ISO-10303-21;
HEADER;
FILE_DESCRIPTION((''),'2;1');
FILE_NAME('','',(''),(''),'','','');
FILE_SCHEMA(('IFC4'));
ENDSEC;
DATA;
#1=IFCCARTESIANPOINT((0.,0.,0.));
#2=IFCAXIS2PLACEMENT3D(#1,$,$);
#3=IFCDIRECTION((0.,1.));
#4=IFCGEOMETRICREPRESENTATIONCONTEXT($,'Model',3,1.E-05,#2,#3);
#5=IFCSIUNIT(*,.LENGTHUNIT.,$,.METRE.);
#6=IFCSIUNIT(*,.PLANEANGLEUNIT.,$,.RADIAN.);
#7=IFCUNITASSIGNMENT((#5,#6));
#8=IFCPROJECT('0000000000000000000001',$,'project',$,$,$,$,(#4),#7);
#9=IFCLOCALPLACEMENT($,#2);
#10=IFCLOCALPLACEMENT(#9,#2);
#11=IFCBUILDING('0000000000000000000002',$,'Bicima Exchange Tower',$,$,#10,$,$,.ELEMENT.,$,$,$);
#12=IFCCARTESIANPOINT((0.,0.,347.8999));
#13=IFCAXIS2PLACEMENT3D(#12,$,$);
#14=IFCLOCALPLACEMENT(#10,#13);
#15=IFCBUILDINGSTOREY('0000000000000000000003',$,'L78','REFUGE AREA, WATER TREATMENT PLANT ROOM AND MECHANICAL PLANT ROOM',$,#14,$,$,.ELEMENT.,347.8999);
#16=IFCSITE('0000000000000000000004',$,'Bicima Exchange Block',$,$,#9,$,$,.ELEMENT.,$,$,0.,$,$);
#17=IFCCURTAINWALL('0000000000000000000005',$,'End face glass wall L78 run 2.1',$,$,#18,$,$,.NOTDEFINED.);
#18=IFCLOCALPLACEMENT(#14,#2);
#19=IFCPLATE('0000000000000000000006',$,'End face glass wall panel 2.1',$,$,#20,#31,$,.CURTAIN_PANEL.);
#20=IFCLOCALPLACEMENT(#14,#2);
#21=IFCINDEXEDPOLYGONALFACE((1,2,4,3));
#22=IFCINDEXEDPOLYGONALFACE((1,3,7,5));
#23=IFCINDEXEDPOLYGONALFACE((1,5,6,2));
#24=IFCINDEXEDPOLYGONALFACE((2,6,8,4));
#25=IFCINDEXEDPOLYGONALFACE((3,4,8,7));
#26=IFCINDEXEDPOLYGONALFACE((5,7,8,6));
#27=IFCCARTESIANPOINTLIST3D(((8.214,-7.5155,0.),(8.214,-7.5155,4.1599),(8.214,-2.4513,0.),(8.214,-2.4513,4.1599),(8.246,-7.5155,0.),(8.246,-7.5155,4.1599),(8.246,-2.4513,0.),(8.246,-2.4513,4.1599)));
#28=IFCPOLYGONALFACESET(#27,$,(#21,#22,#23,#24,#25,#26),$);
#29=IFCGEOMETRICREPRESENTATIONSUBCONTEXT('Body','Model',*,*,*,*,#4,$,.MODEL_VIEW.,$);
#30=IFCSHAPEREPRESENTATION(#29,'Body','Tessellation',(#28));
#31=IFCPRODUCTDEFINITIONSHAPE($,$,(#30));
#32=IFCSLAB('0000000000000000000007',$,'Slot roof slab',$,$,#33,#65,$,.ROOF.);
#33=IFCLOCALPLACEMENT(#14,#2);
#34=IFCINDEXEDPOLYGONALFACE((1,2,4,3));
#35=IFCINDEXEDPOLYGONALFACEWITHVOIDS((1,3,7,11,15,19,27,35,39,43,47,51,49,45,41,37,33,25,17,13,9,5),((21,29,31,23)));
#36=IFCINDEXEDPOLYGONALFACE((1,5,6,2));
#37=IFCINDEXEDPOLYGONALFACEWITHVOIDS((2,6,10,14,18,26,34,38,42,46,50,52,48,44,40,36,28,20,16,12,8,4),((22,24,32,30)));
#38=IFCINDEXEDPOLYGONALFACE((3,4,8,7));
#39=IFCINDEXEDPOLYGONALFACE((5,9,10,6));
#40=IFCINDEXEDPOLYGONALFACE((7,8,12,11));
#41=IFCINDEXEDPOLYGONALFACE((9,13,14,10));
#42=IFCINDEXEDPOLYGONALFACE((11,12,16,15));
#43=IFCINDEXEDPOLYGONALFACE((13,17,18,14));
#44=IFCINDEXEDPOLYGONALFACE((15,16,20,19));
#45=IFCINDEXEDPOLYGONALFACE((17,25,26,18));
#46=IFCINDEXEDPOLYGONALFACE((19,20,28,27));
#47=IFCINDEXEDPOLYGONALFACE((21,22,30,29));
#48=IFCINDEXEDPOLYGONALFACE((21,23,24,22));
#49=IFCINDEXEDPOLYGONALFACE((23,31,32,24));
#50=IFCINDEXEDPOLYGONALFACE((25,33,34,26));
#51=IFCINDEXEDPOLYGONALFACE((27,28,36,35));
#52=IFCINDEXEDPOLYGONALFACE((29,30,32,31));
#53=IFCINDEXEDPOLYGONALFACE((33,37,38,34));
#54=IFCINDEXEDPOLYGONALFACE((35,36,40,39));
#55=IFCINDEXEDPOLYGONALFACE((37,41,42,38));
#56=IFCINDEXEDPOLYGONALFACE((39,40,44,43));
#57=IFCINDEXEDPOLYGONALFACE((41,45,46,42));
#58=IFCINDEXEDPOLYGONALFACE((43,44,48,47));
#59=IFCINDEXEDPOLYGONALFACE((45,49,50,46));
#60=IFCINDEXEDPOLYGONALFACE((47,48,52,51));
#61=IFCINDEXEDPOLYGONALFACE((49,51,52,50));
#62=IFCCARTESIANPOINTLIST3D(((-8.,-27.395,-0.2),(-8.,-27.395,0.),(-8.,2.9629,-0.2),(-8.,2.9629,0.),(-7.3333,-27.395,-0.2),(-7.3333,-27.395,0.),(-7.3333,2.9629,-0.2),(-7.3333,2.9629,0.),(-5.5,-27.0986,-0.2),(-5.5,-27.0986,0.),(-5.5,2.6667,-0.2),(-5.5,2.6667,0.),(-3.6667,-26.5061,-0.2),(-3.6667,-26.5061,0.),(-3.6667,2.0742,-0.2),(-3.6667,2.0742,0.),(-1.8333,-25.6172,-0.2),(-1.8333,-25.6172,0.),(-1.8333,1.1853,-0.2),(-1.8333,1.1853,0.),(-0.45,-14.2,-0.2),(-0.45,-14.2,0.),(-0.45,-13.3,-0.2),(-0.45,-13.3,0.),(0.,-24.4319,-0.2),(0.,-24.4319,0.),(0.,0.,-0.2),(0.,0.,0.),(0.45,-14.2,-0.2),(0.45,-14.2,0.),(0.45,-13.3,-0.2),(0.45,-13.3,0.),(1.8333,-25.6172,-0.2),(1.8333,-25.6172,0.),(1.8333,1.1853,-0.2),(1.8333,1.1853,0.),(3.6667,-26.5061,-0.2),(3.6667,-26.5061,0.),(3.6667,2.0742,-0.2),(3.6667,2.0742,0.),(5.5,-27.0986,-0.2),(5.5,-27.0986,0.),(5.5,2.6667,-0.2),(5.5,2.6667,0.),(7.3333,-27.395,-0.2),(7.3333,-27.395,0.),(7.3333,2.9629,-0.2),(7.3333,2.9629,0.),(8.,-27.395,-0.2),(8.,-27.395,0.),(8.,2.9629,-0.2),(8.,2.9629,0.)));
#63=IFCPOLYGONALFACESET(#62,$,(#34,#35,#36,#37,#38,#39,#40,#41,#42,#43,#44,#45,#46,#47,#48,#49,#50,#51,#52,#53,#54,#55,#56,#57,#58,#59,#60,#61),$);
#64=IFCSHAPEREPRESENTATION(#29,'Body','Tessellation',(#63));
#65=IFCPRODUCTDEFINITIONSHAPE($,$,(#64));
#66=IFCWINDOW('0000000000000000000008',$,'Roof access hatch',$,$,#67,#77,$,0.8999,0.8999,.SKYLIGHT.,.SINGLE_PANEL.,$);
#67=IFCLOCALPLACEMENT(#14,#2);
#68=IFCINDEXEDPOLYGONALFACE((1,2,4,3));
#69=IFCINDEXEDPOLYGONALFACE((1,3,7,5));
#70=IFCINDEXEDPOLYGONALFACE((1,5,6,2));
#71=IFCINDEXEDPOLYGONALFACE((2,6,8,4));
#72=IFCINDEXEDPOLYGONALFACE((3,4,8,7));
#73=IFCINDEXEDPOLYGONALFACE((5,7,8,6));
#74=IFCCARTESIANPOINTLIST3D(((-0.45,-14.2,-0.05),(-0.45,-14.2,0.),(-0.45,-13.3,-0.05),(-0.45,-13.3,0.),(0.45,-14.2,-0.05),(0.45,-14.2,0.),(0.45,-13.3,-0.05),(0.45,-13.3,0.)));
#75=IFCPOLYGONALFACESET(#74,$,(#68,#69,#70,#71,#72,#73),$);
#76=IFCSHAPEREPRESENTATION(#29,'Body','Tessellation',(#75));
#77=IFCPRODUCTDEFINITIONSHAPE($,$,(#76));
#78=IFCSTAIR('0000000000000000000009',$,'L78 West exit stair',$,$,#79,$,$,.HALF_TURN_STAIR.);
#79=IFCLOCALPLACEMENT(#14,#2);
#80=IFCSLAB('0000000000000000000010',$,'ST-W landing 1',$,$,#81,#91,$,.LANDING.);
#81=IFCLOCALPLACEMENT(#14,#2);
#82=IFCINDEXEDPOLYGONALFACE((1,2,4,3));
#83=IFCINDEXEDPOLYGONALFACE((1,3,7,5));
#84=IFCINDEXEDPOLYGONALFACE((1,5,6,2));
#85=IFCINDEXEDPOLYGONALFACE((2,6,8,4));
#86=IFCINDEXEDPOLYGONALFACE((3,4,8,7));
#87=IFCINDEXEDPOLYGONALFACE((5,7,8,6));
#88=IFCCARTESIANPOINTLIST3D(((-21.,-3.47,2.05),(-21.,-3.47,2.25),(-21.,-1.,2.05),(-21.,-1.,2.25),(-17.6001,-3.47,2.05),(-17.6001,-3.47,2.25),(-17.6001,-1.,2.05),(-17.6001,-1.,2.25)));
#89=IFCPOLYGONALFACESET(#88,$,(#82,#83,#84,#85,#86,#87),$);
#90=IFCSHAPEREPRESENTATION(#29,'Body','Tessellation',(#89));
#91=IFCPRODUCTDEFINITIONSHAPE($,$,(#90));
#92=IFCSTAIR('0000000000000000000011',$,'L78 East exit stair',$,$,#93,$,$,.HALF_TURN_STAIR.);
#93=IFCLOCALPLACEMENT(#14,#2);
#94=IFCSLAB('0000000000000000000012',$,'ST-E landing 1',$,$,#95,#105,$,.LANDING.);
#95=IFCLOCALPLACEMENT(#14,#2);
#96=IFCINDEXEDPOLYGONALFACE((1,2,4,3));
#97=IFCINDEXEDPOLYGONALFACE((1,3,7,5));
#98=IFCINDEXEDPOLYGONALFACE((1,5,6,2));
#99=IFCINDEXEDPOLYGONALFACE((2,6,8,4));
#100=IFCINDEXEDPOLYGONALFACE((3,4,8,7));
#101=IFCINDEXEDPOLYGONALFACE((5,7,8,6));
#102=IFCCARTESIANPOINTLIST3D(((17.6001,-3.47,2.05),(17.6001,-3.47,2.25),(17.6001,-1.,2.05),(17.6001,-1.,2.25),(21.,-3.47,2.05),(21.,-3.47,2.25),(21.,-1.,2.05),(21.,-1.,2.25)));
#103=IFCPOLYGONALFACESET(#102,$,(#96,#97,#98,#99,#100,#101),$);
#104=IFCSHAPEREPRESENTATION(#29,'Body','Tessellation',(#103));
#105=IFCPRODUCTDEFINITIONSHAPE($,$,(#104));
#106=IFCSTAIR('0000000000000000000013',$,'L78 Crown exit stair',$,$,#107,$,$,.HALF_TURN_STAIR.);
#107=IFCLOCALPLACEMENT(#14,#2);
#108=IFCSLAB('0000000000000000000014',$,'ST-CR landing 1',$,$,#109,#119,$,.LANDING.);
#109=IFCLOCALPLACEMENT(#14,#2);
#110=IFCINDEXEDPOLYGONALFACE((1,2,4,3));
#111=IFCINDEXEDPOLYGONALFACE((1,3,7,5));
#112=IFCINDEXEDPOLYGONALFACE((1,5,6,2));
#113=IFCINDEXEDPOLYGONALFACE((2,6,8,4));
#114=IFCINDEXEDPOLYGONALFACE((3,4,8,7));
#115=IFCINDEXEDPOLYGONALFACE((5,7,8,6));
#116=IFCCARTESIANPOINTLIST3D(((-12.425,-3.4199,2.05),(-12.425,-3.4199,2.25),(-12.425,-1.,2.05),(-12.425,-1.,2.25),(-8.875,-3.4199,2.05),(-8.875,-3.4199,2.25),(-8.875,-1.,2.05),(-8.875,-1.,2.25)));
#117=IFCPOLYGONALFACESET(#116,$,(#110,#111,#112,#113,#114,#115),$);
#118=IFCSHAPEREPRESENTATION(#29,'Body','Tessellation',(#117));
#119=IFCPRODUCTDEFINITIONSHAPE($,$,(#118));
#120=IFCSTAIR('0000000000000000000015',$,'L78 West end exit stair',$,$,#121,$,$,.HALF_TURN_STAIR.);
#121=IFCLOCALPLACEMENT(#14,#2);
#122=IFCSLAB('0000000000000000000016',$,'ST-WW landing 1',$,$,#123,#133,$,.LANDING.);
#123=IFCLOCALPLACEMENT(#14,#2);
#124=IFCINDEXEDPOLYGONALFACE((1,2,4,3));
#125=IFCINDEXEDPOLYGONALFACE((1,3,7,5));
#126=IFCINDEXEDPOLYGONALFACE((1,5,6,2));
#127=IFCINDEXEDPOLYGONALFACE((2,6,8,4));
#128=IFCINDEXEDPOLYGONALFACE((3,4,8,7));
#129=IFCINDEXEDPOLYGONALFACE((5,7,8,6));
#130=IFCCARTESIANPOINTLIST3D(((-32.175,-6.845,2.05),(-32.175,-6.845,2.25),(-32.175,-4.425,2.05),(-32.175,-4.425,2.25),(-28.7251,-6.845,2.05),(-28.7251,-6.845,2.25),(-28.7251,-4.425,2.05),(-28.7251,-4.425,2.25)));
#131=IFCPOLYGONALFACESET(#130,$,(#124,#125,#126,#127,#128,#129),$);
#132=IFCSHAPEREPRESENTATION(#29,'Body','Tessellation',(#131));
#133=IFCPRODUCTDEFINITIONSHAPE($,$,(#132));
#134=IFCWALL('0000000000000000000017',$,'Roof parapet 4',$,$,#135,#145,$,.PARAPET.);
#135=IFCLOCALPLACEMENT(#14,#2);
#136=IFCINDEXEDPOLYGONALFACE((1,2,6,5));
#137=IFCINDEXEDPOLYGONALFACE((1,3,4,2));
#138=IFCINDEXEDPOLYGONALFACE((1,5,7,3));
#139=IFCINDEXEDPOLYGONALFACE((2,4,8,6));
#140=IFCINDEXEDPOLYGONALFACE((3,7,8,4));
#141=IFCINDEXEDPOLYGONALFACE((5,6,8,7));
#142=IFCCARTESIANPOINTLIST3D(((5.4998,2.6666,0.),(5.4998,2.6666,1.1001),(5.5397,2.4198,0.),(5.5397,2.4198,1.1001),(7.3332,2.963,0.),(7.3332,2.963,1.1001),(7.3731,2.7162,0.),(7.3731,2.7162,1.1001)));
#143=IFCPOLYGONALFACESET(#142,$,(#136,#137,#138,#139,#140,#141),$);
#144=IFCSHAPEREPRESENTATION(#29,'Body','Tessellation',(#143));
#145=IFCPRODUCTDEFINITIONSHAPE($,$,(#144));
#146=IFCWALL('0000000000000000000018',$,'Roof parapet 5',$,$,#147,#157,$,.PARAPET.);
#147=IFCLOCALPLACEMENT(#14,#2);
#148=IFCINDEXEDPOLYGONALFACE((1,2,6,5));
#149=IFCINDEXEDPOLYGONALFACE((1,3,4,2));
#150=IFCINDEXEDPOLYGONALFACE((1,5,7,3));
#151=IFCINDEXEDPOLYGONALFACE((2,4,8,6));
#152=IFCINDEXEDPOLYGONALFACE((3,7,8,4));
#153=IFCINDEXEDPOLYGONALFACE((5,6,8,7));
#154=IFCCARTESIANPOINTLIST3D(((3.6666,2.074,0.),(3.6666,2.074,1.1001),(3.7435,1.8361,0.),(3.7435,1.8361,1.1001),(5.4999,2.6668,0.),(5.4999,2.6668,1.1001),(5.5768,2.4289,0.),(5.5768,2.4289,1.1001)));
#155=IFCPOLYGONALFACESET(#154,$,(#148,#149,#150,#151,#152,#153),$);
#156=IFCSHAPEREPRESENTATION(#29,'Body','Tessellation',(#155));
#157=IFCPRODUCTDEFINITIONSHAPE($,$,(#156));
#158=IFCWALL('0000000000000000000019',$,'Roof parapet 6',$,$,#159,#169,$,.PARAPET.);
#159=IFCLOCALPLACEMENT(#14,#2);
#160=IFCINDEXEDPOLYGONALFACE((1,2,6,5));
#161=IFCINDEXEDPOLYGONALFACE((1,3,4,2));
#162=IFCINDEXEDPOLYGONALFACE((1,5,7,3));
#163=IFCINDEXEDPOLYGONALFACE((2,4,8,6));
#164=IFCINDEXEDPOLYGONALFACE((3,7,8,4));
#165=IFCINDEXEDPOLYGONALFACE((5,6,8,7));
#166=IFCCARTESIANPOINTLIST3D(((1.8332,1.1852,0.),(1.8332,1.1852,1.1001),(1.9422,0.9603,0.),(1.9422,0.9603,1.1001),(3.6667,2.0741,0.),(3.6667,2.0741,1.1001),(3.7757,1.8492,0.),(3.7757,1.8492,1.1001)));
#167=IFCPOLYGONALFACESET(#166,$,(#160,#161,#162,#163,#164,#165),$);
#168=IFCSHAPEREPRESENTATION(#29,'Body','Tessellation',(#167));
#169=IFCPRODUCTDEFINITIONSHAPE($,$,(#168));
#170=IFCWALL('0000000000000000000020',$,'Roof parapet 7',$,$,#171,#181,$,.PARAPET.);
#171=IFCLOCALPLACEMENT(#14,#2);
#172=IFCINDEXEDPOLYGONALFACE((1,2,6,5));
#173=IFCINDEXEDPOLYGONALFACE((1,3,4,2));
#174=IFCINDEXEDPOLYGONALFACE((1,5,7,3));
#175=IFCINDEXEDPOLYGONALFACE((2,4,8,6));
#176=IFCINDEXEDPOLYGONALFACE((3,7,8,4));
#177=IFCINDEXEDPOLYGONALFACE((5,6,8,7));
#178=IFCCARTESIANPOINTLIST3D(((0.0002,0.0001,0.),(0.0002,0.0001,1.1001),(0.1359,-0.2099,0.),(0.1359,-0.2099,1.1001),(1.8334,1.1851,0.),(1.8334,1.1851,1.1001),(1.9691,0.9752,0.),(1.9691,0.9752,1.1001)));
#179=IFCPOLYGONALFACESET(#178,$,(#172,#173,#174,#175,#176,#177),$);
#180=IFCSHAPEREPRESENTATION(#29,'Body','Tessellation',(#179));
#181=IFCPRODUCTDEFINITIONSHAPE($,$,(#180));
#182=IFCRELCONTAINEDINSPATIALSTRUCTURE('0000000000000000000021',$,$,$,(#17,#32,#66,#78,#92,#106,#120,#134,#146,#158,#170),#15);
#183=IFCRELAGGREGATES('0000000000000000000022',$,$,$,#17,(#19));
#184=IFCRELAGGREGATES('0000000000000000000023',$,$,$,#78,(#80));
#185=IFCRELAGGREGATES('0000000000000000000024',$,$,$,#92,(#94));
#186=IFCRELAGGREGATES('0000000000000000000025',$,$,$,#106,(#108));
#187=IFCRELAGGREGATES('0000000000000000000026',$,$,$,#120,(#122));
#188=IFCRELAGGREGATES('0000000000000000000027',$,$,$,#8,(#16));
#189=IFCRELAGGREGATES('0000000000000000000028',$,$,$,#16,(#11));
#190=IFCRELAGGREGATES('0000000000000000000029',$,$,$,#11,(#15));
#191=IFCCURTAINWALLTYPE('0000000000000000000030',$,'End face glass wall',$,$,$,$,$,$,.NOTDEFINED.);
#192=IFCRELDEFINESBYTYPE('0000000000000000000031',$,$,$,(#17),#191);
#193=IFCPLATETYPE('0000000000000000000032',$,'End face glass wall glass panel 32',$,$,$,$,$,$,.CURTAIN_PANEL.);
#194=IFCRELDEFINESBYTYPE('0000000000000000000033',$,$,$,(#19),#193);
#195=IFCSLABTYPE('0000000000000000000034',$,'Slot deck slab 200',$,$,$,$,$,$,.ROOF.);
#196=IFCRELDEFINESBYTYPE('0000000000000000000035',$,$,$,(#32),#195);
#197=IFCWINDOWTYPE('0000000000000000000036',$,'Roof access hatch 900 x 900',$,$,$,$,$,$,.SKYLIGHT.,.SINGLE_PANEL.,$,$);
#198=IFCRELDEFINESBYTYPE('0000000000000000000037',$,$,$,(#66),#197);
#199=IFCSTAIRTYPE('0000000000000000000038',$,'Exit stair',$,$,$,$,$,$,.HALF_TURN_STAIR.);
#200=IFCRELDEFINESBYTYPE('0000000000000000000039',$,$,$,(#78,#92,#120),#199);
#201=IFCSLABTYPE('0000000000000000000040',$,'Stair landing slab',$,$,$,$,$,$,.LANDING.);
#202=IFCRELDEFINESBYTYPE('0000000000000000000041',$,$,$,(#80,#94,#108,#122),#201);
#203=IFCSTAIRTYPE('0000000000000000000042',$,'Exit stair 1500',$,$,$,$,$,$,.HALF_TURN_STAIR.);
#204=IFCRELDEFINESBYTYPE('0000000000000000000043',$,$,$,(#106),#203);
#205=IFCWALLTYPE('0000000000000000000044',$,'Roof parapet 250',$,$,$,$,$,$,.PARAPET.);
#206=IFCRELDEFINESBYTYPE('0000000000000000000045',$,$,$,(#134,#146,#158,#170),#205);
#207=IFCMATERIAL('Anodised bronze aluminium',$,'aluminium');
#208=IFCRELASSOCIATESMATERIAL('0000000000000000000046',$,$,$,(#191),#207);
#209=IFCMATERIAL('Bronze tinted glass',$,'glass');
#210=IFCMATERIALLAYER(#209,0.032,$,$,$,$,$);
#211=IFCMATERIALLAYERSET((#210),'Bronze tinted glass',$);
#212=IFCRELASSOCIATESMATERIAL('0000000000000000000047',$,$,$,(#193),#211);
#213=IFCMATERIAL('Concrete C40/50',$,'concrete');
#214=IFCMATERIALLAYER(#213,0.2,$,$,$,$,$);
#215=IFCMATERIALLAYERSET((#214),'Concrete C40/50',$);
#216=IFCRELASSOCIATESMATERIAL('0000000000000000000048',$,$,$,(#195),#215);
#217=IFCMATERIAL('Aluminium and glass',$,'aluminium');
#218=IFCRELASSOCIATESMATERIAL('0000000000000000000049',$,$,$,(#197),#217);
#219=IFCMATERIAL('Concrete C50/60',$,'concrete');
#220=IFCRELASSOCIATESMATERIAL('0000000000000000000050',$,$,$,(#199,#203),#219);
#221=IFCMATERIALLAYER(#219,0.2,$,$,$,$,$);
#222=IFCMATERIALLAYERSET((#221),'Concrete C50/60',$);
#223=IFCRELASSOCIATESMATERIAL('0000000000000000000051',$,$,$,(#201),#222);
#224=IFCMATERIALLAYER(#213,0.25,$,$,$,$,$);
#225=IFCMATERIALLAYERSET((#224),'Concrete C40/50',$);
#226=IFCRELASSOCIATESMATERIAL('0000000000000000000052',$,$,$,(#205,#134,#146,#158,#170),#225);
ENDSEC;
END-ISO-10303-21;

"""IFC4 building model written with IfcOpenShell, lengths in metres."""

from ifc_helpers import new_model, si_unit, direction, frame, frame_2d, origin, origin_2d, place, context, subcontext, project, spatial, polyline, rectangle, outline, extrude, material, layer, layer_set, layer_usage, type_object, element, fill, aggregate, save


model = new_model("IFC4")

# Units and contexts
model_context = context("Model", 3, precision=1e-05, world=origin(), true_north=direction((0.0, 1.0)))
body_context = subcontext(model_context, "Body", "Model", "MODEL_VIEW")
ifc_project = project(units=[si_unit("LENGTHUNIT", "METRE"), si_unit("PLANEANGLEUNIT", "RADIAN")], contexts=[model_context])

# Site, building, storey
site_placement = place(None, origin())
site = spatial("IfcSite", under=ifc_project, at=site_placement, Name="Bicima Exchange Block", CompositionType="ELEMENT", RefElevation=0.0)
building_placement = place(site_placement, origin())
building = spatial("IfcBuilding", under=site, at=building_placement, Name="Bicima Exchange Tower", CompositionType="ELEMENT")
storey_placement = place(building_placement, frame((0.0, 0.0, 347.8999)))
storey = spatial("IfcBuildingStorey", under=building, at=storey_placement, Name="L78", Description="REFUGE AREA, WATER TREATMENT PLANT ROOM AND MECHANICAL PLANT ROOM", CompositionType="ELEMENT", Elevation=347.8999)

# Curtain wall
ifc_material_1 = material(Name="Anodised bronze aluminium", Category="aluminium")
curtain_wall_type_1 = type_object("IfcCurtainWallType", Name="End face glass wall", PredefinedType="NOTDEFINED", material=ifc_material_1)
curtain_wall_1_placement = place(storey_placement, origin())
curtain_wall_1 = element("IfcCurtainWall", 1, at=curtain_wall_1_placement, inside=storey, type_object=curtain_wall_type_1, Name="End face glass wall L78 run 2.1", PredefinedType="NOTDEFINED")

# Plate
ifc_material_2 = material(Name="Bronze tinted glass", Category="glass")
ifc_layer_1 = layer(ifc_material_2, 0.032)
ifc_layer_set_1 = layer_set([ifc_layer_1], Name="Bronze tinted glass")
plate_type = type_object("IfcPlateType", Name="End face glass wall glass panel 32", PredefinedType="CURTAIN_PANEL", material=ifc_layer_set_1)
plate_placement = place(storey_placement, frame((8.23, -4.9834, 0.0), z_axis=(0.0, 0.0, 1.0), x_axis=(0.0, -1.0, 0.0)))
plate = element("IfcPlate", 2, at=plate_placement, type_object=plate_type, Name="End face glass wall panel 2.1", PredefinedType="CURTAIN_PANEL", context=body_context, shape_type="SweptSolid", body=[
    extrude(rectangle(XDim=5.0642, YDim=0.032, at=origin_2d()), origin(), (0.0, 0.0, 1.0), 4.1599),
])
aggregate(curtain_wall_1, [plate])

# Slab, opening, window
ifc_material_3 = material(Name="Concrete C40/50", Category="concrete")
ifc_layer_2 = layer(ifc_material_3, 0.2)
ifc_layer_set_2 = layer_set([ifc_layer_2], Name="Concrete C40/50")
slab_type_1 = type_object("IfcSlabType", Name="Slot deck slab 200", PredefinedType="ROOF", material=ifc_layer_set_2)
slab_1_placement = place(storey_placement, frame((0.0, 0.0, -0.2)))
slab_1 = element("IfcSlab", 3, at=slab_1_placement, inside=storey, type_object=slab_type_1, Name="Slot roof slab", PredefinedType="ROOF", context=body_context, shape_type="SweptSolid", body=[
    extrude(outline(polyline([(7.3333, -27.395), (8.0, -27.395), (8.0, 2.9629), (7.3333, 2.9629), (5.5, 2.6667), (3.6667, 2.0742), (1.8333, 1.1853), (0.0, 0.0), (-1.8333, 1.1853), (-3.6667, 2.0742), (-5.5, 2.6667), (-7.3333, 2.9629), (-8.0, 2.9629), (-8.0, -27.395), (-7.3333, -27.395), (-5.5, -27.0986), (-3.6667, -26.5061), (-1.8333, -25.6172), (0.0, -24.4319), (1.8333, -25.6172), (3.6667, -26.5061), (5.5, -27.0986), (7.3333, -27.395)])), origin(), (0.0, 0.0, 1.0), 0.2),
])
opening_placement = place(slab_1_placement, frame((0.0, -13.75, 0.0)))
opening = element("IfcOpeningElement", 4, at=opening_placement, cuts=slab_1, PredefinedType="OPENING", context=body_context, shape_type="SweptSolid", body=[
    extrude(rectangle(XDim=0.8999, YDim=0.8999, at=origin_2d()), origin(), (0.0, 0.0, 1.0), 0.2),
])
ifc_material_4 = material(Name="Aluminium and glass", Category="aluminium")
window_type = type_object("IfcWindowType", Name="Roof access hatch 900 x 900", PartitioningType="SINGLE_PANEL", PredefinedType="SKYLIGHT", material=ifc_material_4)
window_placement = place(opening_placement, frame((0.0, 0.0, 0.1499)))
window = element("IfcWindow", 5, at=window_placement, inside=storey, type_object=window_type, Name="Roof access hatch", OverallHeight=0.8999, OverallWidth=0.8999, PartitioningType="SINGLE_PANEL", PredefinedType="SKYLIGHT", context=body_context, shape_type="SweptSolid", body=[
    extrude(rectangle(XDim=0.8999, YDim=0.8999, at=origin_2d()), origin(), (0.0, 0.0, 1.0), 0.05),
])
fill(opening, window)

# Stairs, slabs
ifc_material_5 = material(Name="Concrete C50/60", Category="concrete")
stair_type_1 = type_object("IfcStairType", Name="Exit stair", PredefinedType="HALF_TURN_STAIR", material=ifc_material_5)
stair_1_placement = place(storey_placement, origin())
stair_1 = element("IfcStair", 6, at=stair_1_placement, inside=storey, type_object=stair_type_1, Name="L78 West exit stair", PredefinedType="HALF_TURN_STAIR")
ifc_layer_3 = layer(ifc_material_5, 0.2)
ifc_layer_set_3 = layer_set([ifc_layer_3], Name="Concrete C50/60")
slab_type_2 = type_object("IfcSlabType", Name="Stair landing slab", PredefinedType="LANDING", material=ifc_layer_set_3)
slab_2_placement = place(storey_placement, frame((0.0, 0.0, 2.05)))
slab_2 = element("IfcSlab", 7, at=slab_2_placement, type_object=slab_type_2, Name="ST-W landing 1", PredefinedType="LANDING", context=body_context, shape_type="SweptSolid", body=[
    extrude(outline(polyline([(-17.6001, -3.47), (-17.6001, -1.0), (-21.0, -1.0), (-21.0, -3.47), (-17.6001, -3.47)])), origin(), (0.0, 0.0, 1.0), 0.2),
])
aggregate(stair_1, [slab_2])
stair_2_placement = place(storey_placement, origin())
stair_2 = element("IfcStair", 8, at=stair_2_placement, inside=storey, type_object=stair_type_1, Name="L78 East exit stair", PredefinedType="HALF_TURN_STAIR")
slab_3_placement = place(storey_placement, frame((0.0, 0.0, 2.05)))
slab_3 = element("IfcSlab", 9, at=slab_3_placement, type_object=slab_type_2, Name="ST-E landing 1", PredefinedType="LANDING", context=body_context, shape_type="SweptSolid", body=[
    extrude(outline(polyline([(21.0, -3.47), (21.0, -1.0), (17.6001, -1.0), (17.6001, -3.47), (21.0, -3.47)])), origin(), (0.0, 0.0, 1.0), 0.2),
])
aggregate(stair_2, [slab_3])
stair_type_2 = type_object("IfcStairType", Name="Exit stair 1500", PredefinedType="HALF_TURN_STAIR", material=ifc_material_5)
stair_3_placement = place(storey_placement, origin())
stair_3 = element("IfcStair", 10, at=stair_3_placement, inside=storey, type_object=stair_type_2, Name="L78 Crown exit stair", PredefinedType="HALF_TURN_STAIR")
slab_4_placement = place(storey_placement, frame((0.0, 0.0, 2.05)))
slab_4 = element("IfcSlab", 11, at=slab_4_placement, type_object=slab_type_2, Name="ST-CR landing 1", PredefinedType="LANDING", context=body_context, shape_type="SweptSolid", body=[
    extrude(outline(polyline([(-8.875, -3.4199), (-8.875, -1.0), (-12.425, -1.0), (-12.425, -3.4199), (-8.875, -3.4199)])), origin(), (0.0, 0.0, 1.0), 0.2),
])
aggregate(stair_3, [slab_4])
stair_4_placement = place(storey_placement, origin())
stair_4 = element("IfcStair", 12, at=stair_4_placement, inside=storey, type_object=stair_type_1, Name="L78 West end exit stair", PredefinedType="HALF_TURN_STAIR")
slab_5_placement = place(storey_placement, frame((0.0, 0.0, 2.05)))
slab_5 = element("IfcSlab", 13, at=slab_5_placement, type_object=slab_type_2, Name="ST-WW landing 1", PredefinedType="LANDING", context=body_context, shape_type="SweptSolid", body=[
    extrude(outline(polyline([(-28.7251, -6.845), (-28.7251, -4.425), (-32.175, -4.425), (-32.175, -6.845), (-28.7251, -6.845)])), origin(), (0.0, 0.0, 1.0), 0.2),
])
aggregate(stair_4, [slab_5])

# Walls
ifc_layer_4 = layer(ifc_material_3, 0.25)
ifc_layer_set_4 = layer_set([ifc_layer_4], Name="Concrete C40/50")
ifc_layer_usage = layer_usage(ifc_layer_set_4, "AXIS2", "POSITIVE", -0.125)
wall_type = type_object("IfcWallType", Name="Roof parapet 250", PredefinedType="PARAPET", material=ifc_layer_set_4)
wall_1_placement = place(storey_placement, frame((7.3533, 2.8396, 0.0), z_axis=(0.0, 0.0, 1.0), x_axis=(-0.987182, -0.1596, 0.0)))
element("IfcWall", 14, at=wall_1_placement, inside=storey, type_object=wall_type, material=ifc_layer_usage, Name="Roof parapet 4", PredefinedType="PARAPET", context=body_context, shape_type="SweptSolid", body=[
    extrude(rectangle(XDim=1.8572, YDim=0.25, at=frame_2d((0.9287, 0.0))), origin(), (0.0, 0.0, 1.0), 1.1001),
])
wall_2_placement = place(storey_placement, frame((5.5383, 2.5479, 0.0), z_axis=(0.0, 0.0, 1.0), x_axis=(-0.951496, -0.307662, 0.0)))
element("IfcWall", 15, at=wall_2_placement, inside=storey, type_object=wall_type, material=ifc_layer_usage, Name="Roof parapet 5", PredefinedType="PARAPET", context=body_context, shape_type="SweptSolid", body=[
    extrude(rectangle(XDim=1.9268, YDim=0.25, at=frame_2d((0.9634, 0.0))), origin(), (0.0, 0.0, 1.0), 1.1001),
])
wall_3_placement = place(storey_placement, frame((3.7212, 1.9617, 0.0), z_axis=(0.0, 0.0, 1.0), x_axis=(-0.899824, -0.436253, 0.0)))
element("IfcWall", 16, at=wall_3_placement, inside=storey, type_object=wall_type, material=ifc_layer_usage, Name="Roof parapet 6", PredefinedType="PARAPET", context=body_context, shape_type="SweptSolid", body=[
    extrude(rectangle(XDim=2.0376, YDim=0.25, at=frame_2d((1.0188, 0.0))), origin(), (0.0, 0.0, 1.0), 1.1001),
])
wall_4_placement = place(storey_placement, frame((1.9011, 1.0801, 0.0), z_axis=(0.0, 0.0, 1.0), x_axis=(-0.839813, -0.542876, 0.0)))
element("IfcWall", 17, at=wall_4_placement, inside=storey, type_object=wall_type, material=ifc_layer_usage, Name="Roof parapet 7", PredefinedType="PARAPET", context=body_context, shape_type="SweptSolid", body=[
    extrude(rectangle(XDim=2.1829, YDim=0.25, at=frame_2d((1.0913, 0.0))), origin(), (0.0, 0.0, 1.0), 1.1001),
])

save(model, "model.ifc")
